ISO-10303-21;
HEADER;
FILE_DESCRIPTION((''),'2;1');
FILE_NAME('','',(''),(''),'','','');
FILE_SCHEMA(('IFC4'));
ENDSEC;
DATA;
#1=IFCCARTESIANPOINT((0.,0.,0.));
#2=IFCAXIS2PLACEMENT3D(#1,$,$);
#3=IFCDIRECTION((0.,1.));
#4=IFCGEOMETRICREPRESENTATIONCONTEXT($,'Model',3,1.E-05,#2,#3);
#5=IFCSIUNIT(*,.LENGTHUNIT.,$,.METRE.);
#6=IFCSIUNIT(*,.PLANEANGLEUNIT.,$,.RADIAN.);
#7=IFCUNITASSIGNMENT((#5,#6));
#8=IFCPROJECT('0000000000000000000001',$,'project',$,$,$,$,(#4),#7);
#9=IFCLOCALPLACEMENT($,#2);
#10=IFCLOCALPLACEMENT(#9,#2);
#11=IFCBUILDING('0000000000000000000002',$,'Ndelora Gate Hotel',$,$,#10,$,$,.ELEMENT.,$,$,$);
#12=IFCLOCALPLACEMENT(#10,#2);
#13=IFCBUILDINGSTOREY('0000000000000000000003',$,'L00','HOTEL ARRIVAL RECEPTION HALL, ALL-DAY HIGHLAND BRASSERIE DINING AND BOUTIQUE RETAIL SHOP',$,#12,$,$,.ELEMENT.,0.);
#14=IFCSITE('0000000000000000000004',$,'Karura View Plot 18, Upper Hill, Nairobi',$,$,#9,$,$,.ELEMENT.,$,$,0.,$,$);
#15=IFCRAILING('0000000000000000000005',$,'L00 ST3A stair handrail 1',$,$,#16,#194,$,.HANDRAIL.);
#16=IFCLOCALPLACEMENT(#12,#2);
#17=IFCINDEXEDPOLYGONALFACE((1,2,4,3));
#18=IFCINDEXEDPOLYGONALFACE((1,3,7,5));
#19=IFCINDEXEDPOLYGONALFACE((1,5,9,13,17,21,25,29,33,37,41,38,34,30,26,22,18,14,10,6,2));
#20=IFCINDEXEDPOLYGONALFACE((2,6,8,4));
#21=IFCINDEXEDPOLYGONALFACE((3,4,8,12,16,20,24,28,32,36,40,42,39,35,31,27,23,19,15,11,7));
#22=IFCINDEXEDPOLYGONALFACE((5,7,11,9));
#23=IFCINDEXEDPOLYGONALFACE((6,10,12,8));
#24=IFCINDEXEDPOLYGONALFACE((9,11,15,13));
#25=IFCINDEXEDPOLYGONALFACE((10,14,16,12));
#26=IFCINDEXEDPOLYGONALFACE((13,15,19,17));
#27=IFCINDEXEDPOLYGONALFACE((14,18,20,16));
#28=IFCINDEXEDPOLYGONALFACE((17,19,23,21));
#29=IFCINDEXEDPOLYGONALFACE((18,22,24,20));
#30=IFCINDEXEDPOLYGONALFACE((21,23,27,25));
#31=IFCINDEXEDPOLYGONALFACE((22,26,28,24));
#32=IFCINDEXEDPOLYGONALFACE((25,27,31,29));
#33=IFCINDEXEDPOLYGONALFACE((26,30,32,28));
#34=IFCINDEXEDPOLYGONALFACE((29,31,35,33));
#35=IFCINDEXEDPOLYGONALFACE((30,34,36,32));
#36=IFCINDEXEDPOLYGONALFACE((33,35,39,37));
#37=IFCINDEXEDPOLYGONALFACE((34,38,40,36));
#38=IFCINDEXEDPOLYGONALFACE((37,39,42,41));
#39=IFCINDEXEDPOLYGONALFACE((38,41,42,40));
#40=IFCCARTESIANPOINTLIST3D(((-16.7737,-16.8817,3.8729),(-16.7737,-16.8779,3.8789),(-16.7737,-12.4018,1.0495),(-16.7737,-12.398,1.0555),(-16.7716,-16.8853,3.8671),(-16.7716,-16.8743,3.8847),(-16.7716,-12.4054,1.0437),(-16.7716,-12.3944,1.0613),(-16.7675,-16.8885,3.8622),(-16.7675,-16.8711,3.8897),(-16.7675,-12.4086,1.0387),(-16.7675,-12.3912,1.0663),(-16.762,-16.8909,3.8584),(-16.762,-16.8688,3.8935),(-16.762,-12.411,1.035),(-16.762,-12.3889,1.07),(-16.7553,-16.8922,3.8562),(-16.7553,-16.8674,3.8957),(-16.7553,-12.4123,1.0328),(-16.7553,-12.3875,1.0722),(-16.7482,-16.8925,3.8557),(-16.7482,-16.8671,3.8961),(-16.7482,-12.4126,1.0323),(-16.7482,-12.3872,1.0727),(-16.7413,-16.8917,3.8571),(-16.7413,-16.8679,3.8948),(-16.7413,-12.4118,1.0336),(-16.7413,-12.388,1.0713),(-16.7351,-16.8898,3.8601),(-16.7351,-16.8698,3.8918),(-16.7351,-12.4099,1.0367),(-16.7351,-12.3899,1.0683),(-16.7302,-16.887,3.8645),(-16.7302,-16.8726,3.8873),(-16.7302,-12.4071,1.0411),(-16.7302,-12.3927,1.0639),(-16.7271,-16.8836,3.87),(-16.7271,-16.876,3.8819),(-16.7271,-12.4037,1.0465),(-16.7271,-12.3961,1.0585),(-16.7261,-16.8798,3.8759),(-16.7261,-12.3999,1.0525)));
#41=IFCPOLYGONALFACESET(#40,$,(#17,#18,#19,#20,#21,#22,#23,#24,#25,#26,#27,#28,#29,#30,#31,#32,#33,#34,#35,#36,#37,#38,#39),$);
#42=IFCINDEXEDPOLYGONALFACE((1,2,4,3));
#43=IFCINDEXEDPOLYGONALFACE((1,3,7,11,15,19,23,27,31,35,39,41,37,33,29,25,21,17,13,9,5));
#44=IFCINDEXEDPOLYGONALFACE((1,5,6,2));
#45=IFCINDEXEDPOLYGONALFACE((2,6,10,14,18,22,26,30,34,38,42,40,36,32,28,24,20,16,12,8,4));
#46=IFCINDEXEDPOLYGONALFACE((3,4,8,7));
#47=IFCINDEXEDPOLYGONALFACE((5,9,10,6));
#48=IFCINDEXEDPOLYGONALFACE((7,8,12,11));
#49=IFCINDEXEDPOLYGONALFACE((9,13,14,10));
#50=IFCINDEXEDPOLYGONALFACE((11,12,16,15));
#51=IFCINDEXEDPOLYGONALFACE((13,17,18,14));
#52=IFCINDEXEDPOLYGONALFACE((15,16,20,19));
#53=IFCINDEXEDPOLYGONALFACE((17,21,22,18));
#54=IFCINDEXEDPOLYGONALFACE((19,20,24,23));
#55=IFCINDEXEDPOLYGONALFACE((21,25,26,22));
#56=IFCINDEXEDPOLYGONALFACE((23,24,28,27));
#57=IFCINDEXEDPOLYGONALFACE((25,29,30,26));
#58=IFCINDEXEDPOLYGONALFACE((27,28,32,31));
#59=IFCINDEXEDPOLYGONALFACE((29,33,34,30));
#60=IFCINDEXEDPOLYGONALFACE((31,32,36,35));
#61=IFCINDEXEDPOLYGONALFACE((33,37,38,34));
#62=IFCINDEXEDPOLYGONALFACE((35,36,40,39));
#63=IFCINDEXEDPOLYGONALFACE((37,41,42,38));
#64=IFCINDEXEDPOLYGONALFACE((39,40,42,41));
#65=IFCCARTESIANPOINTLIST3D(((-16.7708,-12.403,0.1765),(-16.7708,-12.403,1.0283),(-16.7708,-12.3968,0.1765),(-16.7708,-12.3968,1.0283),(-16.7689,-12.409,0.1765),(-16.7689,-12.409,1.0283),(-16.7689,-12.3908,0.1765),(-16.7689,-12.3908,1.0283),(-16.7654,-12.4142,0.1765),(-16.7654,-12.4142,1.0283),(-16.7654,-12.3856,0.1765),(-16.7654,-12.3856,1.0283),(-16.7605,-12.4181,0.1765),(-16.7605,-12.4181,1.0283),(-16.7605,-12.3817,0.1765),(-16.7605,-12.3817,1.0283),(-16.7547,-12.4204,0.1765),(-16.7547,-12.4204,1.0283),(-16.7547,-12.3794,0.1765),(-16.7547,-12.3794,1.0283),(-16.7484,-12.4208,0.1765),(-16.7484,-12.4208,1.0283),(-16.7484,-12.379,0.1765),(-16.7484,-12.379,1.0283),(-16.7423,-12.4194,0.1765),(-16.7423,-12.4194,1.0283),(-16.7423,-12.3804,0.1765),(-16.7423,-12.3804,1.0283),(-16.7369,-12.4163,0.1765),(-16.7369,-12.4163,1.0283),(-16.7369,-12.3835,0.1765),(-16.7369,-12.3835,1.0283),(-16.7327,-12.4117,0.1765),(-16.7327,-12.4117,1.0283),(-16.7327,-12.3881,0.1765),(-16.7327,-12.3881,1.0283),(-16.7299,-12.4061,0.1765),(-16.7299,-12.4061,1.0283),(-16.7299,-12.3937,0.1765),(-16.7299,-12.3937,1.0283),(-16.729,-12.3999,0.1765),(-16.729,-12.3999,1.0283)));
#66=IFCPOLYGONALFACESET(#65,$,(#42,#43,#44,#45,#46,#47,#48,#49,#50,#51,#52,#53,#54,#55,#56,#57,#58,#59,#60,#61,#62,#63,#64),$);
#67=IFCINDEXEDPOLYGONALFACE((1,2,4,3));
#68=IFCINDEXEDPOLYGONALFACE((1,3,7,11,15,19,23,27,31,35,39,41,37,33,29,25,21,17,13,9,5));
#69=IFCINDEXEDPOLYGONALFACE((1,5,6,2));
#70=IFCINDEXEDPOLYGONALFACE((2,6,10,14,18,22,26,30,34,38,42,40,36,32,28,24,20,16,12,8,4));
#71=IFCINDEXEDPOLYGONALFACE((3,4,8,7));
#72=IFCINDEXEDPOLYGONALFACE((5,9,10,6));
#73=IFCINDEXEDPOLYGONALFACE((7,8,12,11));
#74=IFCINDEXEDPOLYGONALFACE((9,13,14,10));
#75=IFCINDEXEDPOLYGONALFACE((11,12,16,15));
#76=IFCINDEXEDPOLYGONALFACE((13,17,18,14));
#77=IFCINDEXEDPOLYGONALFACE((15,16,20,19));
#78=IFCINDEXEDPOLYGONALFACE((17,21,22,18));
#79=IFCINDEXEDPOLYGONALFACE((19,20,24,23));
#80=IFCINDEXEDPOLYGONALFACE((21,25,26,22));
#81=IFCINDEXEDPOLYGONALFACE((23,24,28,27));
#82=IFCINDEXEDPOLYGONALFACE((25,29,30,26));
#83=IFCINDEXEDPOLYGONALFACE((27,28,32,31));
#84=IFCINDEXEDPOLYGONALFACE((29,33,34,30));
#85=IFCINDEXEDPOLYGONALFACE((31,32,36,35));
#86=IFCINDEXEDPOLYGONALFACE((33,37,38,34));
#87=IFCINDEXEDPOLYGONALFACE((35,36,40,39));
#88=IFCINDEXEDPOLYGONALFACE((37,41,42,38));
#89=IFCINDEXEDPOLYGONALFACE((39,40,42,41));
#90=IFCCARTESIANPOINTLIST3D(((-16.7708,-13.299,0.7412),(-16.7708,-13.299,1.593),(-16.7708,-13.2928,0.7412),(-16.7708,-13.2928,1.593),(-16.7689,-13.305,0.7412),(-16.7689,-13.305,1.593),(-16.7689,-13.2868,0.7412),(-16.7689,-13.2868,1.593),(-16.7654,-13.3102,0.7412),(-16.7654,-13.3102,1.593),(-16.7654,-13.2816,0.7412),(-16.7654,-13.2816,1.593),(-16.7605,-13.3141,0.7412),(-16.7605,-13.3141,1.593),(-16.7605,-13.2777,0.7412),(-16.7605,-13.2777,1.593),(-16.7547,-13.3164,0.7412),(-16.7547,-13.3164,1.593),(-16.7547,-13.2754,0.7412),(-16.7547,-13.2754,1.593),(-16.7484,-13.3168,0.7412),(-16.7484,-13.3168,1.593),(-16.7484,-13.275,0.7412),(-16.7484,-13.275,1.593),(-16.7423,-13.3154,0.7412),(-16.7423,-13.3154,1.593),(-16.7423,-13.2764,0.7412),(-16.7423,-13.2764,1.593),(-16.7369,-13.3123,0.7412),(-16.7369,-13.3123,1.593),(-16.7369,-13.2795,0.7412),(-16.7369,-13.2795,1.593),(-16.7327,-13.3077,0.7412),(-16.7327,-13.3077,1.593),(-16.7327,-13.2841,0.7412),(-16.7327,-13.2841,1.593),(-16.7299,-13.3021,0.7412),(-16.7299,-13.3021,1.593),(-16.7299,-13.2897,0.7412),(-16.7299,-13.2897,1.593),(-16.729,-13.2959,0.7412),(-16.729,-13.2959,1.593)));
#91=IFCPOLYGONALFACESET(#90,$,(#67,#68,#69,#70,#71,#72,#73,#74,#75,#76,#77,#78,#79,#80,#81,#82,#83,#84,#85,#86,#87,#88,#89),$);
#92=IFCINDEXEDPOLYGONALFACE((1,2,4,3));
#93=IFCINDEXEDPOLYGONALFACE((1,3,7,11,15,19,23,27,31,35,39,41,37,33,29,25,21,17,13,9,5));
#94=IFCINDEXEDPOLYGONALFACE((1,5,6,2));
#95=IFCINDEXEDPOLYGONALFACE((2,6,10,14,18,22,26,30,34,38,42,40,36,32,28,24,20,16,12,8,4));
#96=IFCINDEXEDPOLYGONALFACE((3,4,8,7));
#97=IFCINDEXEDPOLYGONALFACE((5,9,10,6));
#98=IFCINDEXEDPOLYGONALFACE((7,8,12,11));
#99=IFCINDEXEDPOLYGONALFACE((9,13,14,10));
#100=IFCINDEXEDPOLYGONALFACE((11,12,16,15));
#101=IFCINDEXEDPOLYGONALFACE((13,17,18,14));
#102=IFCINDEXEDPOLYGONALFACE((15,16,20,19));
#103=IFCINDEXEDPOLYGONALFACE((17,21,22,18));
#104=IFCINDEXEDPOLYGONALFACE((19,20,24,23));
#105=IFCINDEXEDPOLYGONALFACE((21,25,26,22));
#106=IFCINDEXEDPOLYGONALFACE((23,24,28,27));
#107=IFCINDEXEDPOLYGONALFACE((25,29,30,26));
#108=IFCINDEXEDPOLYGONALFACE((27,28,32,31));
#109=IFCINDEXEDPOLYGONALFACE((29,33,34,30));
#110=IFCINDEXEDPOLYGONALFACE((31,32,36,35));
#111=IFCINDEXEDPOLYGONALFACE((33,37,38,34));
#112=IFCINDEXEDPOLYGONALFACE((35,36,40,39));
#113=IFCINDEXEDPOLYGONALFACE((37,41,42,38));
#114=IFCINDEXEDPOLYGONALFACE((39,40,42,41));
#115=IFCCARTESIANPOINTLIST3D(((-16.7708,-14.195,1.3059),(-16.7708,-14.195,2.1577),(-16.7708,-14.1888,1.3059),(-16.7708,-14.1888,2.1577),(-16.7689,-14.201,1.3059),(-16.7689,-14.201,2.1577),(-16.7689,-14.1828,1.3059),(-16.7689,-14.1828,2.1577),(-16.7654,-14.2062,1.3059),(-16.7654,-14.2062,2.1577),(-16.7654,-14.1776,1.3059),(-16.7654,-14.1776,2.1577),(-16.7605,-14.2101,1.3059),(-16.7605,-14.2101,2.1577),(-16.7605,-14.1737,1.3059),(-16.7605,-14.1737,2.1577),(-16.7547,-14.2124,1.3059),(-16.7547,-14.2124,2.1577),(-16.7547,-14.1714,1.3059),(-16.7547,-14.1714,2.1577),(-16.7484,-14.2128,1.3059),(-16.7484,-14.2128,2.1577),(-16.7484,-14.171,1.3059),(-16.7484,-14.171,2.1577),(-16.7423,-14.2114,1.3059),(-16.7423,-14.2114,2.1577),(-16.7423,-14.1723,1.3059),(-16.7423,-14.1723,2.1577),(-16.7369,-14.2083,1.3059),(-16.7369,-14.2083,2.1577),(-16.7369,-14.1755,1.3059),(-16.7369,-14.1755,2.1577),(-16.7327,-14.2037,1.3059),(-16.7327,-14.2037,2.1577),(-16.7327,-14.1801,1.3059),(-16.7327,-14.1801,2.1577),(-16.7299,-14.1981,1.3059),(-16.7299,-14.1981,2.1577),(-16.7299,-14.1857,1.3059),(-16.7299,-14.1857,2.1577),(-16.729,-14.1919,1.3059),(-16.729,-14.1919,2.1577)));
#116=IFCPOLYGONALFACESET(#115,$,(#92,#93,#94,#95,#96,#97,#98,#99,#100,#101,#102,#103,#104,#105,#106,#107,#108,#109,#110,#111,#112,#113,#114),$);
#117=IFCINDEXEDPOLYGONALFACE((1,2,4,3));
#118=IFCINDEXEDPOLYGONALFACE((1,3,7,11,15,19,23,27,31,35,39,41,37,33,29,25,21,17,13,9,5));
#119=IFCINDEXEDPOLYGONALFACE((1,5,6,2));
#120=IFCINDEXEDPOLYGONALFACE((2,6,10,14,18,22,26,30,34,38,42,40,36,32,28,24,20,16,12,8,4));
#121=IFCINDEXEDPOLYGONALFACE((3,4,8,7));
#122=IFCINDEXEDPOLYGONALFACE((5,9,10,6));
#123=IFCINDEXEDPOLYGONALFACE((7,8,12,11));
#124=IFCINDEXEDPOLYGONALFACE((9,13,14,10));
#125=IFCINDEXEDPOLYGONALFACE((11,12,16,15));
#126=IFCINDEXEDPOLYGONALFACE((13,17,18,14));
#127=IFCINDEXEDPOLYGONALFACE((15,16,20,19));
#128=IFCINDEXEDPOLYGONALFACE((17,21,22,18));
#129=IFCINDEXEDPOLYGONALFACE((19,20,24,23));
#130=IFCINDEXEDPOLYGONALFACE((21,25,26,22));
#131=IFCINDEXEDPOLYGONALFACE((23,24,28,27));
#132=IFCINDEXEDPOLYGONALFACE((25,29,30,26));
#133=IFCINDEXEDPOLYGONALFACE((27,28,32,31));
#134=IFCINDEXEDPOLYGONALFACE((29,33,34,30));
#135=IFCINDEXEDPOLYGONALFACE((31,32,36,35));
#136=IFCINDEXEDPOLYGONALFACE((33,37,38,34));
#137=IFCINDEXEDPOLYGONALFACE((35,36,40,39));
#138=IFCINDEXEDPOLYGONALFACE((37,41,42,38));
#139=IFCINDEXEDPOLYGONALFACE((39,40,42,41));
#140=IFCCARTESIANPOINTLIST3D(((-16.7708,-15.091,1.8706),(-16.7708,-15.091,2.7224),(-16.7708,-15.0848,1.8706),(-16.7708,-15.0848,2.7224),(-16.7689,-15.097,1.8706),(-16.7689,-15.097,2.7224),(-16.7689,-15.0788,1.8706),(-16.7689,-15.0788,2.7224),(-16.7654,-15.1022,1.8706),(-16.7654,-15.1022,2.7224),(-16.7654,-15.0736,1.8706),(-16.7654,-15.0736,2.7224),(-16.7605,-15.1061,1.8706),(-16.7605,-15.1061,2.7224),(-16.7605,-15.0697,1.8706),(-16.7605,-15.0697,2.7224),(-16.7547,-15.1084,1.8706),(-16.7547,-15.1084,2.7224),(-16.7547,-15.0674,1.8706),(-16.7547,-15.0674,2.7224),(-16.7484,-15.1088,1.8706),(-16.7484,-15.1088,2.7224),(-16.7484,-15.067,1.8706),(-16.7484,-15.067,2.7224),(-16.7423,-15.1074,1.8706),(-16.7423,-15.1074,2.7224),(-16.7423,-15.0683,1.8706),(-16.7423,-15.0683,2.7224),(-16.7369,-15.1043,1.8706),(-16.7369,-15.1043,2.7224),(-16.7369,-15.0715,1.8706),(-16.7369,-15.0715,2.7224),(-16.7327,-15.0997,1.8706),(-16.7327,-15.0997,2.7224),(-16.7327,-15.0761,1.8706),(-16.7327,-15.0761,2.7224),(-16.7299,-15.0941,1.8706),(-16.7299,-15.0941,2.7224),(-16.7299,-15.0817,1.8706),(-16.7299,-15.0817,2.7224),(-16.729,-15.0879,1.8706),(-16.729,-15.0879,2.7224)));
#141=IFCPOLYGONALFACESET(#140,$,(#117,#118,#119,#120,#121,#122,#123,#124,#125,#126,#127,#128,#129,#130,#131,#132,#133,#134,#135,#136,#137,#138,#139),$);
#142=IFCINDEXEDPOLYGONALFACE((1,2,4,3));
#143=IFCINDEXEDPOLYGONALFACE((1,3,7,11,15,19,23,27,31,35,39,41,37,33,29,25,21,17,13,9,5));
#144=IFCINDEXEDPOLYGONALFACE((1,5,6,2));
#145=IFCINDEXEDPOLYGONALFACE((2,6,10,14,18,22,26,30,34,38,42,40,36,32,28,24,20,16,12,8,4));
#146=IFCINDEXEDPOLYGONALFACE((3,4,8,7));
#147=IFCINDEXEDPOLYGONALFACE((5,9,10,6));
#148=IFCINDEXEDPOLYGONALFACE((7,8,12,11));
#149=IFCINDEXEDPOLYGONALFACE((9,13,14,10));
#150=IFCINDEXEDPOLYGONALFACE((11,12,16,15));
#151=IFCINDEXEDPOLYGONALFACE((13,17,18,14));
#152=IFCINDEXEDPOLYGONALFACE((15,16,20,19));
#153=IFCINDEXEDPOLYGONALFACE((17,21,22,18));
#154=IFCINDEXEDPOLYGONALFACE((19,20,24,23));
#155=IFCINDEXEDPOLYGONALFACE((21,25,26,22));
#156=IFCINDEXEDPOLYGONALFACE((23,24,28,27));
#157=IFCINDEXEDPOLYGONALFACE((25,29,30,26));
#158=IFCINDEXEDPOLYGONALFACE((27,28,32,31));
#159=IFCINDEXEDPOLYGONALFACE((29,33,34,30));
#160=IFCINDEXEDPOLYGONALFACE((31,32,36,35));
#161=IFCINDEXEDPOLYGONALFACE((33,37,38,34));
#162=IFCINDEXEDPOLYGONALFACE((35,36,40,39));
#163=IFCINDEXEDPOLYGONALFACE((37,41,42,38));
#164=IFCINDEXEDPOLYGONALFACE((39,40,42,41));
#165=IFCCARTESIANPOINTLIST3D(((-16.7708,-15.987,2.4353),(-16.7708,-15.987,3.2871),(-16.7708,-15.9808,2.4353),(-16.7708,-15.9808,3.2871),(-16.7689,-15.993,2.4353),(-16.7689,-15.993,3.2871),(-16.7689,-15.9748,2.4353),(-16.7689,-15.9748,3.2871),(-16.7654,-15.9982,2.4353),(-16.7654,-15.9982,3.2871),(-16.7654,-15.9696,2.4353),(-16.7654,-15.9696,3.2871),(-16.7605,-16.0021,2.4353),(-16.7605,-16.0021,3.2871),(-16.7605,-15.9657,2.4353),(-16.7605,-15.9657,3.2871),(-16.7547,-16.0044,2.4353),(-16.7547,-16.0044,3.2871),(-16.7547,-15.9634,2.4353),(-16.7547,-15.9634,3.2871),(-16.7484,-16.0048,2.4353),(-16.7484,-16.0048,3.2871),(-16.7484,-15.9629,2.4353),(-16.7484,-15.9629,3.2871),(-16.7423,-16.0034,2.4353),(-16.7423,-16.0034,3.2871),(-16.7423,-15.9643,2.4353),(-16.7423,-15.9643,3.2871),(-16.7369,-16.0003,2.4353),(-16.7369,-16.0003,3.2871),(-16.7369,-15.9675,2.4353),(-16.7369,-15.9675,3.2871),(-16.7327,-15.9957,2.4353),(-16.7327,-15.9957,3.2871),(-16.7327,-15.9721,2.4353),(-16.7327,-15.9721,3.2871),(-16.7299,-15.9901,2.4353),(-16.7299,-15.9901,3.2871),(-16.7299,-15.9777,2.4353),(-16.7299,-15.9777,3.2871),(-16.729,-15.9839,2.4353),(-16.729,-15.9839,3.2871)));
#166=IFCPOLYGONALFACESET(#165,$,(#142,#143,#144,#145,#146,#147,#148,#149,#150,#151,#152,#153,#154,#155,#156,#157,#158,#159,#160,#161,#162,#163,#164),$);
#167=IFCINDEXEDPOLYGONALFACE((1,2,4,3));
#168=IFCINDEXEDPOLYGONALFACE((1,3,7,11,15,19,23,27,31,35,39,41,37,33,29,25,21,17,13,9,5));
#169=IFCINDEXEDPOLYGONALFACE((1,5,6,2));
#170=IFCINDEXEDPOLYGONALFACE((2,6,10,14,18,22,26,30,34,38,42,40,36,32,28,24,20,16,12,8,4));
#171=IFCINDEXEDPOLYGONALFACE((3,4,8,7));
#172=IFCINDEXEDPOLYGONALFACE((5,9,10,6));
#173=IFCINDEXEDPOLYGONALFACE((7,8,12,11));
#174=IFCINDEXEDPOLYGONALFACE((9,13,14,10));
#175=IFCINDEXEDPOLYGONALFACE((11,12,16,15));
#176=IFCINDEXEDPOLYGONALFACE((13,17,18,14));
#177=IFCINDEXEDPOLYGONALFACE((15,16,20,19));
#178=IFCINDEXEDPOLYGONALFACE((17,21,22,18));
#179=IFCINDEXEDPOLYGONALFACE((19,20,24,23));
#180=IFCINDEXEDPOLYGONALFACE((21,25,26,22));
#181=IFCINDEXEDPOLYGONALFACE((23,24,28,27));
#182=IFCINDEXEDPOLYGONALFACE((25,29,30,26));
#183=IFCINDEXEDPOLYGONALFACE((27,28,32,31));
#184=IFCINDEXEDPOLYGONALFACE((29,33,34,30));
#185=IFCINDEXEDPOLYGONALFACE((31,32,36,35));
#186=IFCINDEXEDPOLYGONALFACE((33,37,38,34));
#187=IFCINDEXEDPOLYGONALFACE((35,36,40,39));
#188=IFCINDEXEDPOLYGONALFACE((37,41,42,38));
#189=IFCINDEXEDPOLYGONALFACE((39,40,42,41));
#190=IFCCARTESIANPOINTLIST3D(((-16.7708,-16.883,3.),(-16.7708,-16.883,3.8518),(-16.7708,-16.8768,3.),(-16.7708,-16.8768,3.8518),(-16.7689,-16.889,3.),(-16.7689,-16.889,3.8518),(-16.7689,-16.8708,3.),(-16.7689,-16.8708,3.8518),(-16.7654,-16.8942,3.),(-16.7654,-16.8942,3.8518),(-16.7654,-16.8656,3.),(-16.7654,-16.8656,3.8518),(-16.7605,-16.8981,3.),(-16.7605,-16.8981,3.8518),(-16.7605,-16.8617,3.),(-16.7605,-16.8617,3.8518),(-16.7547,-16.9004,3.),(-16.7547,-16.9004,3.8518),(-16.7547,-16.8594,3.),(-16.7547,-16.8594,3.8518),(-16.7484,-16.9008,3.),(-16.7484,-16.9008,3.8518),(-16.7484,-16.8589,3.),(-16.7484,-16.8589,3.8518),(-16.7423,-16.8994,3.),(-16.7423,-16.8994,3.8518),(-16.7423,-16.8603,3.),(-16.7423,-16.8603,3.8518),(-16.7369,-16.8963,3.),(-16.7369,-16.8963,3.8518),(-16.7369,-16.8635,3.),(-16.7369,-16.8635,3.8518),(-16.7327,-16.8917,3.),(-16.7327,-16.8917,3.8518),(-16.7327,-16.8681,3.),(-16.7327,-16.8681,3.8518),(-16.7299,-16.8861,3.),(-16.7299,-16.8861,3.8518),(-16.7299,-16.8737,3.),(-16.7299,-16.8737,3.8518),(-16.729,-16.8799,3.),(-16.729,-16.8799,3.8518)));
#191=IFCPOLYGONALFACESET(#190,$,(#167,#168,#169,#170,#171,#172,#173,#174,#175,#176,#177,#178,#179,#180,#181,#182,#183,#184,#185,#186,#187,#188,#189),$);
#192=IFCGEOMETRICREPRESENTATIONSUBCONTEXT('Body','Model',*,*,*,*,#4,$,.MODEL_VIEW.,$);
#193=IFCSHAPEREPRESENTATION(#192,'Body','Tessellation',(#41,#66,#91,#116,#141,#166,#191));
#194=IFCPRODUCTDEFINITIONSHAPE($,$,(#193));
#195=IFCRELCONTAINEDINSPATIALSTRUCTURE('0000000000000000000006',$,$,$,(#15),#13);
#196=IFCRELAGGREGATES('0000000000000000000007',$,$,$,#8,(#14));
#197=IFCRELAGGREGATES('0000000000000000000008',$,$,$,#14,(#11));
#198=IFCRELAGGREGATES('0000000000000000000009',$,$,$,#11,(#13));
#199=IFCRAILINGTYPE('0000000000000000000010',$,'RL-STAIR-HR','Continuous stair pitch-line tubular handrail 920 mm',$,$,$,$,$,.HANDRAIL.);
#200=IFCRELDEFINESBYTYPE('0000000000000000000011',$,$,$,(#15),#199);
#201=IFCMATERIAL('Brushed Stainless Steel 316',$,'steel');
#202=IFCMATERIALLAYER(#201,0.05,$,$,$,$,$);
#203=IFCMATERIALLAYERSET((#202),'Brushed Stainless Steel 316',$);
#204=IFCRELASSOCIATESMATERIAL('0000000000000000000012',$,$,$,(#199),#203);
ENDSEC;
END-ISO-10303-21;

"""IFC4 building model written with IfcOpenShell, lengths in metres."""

from ifc_helpers import new_model, si_unit, direction, frame, origin, origin_2d, place, context, subcontext, project, spatial, circle, extrude, material, layer, layer_set, type_object, element, save


model = new_model("IFC4")

# Units and contexts
model_context = context("Model", 3, precision=1e-05, world=origin(), true_north=direction((0.0, 1.0)))
body_context = subcontext(model_context, "Body", "Model", "MODEL_VIEW")
ifc_project = project(units=[si_unit("LENGTHUNIT", "METRE"), si_unit("PLANEANGLEUNIT", "RADIAN")], contexts=[model_context])

# Site, building, storey
site_placement = place(None, origin())
site = spatial("IfcSite", under=ifc_project, at=site_placement, Name="Karura View Plot 18, Upper Hill, Nairobi", CompositionType="ELEMENT", RefElevation=0.0)
building_placement = place(site_placement, origin())
building = spatial("IfcBuilding", under=site, at=building_placement, Name="Ndelora Gate Hotel", CompositionType="ELEMENT")
storey_placement = place(building_placement, origin())
storey = spatial("IfcBuildingStorey", under=building, at=storey_placement, Name="L00", Description="HOTEL ARRIVAL RECEPTION HALL, ALL-DAY HIGHLAND BRASSERIE DINING AND BOUTIQUE RETAIL SHOP", CompositionType="ELEMENT", Elevation=0.0)

# Railing
ifc_material_1 = material(Name="Brushed Stainless Steel 316", Category="steel")
ifc_layer_1 = layer(ifc_material_1, 0.05)
ifc_layer_set_1 = layer_set([ifc_layer_1], Name="Brushed Stainless Steel 316")
railing_type_1 = type_object("IfcRailingType", Name="RL-STAIR-HR", Description="Continuous stair pitch-line tubular handrail 920 mm", PredefinedType="HANDRAIL", material=ifc_layer_set_1)
railing_1_placement = place(storey_placement, frame((-16.75, -12.3999, 0.1765)))
element("IfcRailing", 1, at=railing_1_placement, inside=storey, type_object=railing_type_1, Name="L00 ST3A stair handrail 1", PredefinedType="HANDRAIL", context=body_context, shape_type="SweptSolid", body=[
    extrude(circle(Radius=0.0239, at=origin_2d()), frame((0.0, 0.0, 0.876), z_axis=(0.0, -0.845998, 0.533186), x_axis=(1.0, 0.0, 0.0)), (0.0, 0.0, 1.0), 5.2954),
    extrude(circle(Radius=0.021, at=origin_2d()), origin(), (0.0, 0.0, 1.0), 0.8518),
    extrude(circle(Radius=0.021, at=origin_2d()), frame((0.0, -0.896, 0.5647)), (0.0, 0.0, 1.0), 0.8518),
    extrude(circle(Radius=0.021, at=origin_2d()), frame((0.0, -1.792, 1.1294)), (0.0, 0.0, 1.0), 0.8518),
    extrude(circle(Radius=0.021, at=origin_2d()), frame((0.0, -2.688, 1.6941)), (0.0, 0.0, 1.0), 0.8518),
    extrude(circle(Radius=0.021, at=origin_2d()), frame((0.0, -3.584, 2.2588)), (0.0, 0.0, 1.0), 0.8518),
    extrude(circle(Radius=0.021, at=origin_2d()), frame((0.0, -4.48, 2.8235)), (0.0, 0.0, 1.0), 0.8518),
])

save(model, "model.ifc")
